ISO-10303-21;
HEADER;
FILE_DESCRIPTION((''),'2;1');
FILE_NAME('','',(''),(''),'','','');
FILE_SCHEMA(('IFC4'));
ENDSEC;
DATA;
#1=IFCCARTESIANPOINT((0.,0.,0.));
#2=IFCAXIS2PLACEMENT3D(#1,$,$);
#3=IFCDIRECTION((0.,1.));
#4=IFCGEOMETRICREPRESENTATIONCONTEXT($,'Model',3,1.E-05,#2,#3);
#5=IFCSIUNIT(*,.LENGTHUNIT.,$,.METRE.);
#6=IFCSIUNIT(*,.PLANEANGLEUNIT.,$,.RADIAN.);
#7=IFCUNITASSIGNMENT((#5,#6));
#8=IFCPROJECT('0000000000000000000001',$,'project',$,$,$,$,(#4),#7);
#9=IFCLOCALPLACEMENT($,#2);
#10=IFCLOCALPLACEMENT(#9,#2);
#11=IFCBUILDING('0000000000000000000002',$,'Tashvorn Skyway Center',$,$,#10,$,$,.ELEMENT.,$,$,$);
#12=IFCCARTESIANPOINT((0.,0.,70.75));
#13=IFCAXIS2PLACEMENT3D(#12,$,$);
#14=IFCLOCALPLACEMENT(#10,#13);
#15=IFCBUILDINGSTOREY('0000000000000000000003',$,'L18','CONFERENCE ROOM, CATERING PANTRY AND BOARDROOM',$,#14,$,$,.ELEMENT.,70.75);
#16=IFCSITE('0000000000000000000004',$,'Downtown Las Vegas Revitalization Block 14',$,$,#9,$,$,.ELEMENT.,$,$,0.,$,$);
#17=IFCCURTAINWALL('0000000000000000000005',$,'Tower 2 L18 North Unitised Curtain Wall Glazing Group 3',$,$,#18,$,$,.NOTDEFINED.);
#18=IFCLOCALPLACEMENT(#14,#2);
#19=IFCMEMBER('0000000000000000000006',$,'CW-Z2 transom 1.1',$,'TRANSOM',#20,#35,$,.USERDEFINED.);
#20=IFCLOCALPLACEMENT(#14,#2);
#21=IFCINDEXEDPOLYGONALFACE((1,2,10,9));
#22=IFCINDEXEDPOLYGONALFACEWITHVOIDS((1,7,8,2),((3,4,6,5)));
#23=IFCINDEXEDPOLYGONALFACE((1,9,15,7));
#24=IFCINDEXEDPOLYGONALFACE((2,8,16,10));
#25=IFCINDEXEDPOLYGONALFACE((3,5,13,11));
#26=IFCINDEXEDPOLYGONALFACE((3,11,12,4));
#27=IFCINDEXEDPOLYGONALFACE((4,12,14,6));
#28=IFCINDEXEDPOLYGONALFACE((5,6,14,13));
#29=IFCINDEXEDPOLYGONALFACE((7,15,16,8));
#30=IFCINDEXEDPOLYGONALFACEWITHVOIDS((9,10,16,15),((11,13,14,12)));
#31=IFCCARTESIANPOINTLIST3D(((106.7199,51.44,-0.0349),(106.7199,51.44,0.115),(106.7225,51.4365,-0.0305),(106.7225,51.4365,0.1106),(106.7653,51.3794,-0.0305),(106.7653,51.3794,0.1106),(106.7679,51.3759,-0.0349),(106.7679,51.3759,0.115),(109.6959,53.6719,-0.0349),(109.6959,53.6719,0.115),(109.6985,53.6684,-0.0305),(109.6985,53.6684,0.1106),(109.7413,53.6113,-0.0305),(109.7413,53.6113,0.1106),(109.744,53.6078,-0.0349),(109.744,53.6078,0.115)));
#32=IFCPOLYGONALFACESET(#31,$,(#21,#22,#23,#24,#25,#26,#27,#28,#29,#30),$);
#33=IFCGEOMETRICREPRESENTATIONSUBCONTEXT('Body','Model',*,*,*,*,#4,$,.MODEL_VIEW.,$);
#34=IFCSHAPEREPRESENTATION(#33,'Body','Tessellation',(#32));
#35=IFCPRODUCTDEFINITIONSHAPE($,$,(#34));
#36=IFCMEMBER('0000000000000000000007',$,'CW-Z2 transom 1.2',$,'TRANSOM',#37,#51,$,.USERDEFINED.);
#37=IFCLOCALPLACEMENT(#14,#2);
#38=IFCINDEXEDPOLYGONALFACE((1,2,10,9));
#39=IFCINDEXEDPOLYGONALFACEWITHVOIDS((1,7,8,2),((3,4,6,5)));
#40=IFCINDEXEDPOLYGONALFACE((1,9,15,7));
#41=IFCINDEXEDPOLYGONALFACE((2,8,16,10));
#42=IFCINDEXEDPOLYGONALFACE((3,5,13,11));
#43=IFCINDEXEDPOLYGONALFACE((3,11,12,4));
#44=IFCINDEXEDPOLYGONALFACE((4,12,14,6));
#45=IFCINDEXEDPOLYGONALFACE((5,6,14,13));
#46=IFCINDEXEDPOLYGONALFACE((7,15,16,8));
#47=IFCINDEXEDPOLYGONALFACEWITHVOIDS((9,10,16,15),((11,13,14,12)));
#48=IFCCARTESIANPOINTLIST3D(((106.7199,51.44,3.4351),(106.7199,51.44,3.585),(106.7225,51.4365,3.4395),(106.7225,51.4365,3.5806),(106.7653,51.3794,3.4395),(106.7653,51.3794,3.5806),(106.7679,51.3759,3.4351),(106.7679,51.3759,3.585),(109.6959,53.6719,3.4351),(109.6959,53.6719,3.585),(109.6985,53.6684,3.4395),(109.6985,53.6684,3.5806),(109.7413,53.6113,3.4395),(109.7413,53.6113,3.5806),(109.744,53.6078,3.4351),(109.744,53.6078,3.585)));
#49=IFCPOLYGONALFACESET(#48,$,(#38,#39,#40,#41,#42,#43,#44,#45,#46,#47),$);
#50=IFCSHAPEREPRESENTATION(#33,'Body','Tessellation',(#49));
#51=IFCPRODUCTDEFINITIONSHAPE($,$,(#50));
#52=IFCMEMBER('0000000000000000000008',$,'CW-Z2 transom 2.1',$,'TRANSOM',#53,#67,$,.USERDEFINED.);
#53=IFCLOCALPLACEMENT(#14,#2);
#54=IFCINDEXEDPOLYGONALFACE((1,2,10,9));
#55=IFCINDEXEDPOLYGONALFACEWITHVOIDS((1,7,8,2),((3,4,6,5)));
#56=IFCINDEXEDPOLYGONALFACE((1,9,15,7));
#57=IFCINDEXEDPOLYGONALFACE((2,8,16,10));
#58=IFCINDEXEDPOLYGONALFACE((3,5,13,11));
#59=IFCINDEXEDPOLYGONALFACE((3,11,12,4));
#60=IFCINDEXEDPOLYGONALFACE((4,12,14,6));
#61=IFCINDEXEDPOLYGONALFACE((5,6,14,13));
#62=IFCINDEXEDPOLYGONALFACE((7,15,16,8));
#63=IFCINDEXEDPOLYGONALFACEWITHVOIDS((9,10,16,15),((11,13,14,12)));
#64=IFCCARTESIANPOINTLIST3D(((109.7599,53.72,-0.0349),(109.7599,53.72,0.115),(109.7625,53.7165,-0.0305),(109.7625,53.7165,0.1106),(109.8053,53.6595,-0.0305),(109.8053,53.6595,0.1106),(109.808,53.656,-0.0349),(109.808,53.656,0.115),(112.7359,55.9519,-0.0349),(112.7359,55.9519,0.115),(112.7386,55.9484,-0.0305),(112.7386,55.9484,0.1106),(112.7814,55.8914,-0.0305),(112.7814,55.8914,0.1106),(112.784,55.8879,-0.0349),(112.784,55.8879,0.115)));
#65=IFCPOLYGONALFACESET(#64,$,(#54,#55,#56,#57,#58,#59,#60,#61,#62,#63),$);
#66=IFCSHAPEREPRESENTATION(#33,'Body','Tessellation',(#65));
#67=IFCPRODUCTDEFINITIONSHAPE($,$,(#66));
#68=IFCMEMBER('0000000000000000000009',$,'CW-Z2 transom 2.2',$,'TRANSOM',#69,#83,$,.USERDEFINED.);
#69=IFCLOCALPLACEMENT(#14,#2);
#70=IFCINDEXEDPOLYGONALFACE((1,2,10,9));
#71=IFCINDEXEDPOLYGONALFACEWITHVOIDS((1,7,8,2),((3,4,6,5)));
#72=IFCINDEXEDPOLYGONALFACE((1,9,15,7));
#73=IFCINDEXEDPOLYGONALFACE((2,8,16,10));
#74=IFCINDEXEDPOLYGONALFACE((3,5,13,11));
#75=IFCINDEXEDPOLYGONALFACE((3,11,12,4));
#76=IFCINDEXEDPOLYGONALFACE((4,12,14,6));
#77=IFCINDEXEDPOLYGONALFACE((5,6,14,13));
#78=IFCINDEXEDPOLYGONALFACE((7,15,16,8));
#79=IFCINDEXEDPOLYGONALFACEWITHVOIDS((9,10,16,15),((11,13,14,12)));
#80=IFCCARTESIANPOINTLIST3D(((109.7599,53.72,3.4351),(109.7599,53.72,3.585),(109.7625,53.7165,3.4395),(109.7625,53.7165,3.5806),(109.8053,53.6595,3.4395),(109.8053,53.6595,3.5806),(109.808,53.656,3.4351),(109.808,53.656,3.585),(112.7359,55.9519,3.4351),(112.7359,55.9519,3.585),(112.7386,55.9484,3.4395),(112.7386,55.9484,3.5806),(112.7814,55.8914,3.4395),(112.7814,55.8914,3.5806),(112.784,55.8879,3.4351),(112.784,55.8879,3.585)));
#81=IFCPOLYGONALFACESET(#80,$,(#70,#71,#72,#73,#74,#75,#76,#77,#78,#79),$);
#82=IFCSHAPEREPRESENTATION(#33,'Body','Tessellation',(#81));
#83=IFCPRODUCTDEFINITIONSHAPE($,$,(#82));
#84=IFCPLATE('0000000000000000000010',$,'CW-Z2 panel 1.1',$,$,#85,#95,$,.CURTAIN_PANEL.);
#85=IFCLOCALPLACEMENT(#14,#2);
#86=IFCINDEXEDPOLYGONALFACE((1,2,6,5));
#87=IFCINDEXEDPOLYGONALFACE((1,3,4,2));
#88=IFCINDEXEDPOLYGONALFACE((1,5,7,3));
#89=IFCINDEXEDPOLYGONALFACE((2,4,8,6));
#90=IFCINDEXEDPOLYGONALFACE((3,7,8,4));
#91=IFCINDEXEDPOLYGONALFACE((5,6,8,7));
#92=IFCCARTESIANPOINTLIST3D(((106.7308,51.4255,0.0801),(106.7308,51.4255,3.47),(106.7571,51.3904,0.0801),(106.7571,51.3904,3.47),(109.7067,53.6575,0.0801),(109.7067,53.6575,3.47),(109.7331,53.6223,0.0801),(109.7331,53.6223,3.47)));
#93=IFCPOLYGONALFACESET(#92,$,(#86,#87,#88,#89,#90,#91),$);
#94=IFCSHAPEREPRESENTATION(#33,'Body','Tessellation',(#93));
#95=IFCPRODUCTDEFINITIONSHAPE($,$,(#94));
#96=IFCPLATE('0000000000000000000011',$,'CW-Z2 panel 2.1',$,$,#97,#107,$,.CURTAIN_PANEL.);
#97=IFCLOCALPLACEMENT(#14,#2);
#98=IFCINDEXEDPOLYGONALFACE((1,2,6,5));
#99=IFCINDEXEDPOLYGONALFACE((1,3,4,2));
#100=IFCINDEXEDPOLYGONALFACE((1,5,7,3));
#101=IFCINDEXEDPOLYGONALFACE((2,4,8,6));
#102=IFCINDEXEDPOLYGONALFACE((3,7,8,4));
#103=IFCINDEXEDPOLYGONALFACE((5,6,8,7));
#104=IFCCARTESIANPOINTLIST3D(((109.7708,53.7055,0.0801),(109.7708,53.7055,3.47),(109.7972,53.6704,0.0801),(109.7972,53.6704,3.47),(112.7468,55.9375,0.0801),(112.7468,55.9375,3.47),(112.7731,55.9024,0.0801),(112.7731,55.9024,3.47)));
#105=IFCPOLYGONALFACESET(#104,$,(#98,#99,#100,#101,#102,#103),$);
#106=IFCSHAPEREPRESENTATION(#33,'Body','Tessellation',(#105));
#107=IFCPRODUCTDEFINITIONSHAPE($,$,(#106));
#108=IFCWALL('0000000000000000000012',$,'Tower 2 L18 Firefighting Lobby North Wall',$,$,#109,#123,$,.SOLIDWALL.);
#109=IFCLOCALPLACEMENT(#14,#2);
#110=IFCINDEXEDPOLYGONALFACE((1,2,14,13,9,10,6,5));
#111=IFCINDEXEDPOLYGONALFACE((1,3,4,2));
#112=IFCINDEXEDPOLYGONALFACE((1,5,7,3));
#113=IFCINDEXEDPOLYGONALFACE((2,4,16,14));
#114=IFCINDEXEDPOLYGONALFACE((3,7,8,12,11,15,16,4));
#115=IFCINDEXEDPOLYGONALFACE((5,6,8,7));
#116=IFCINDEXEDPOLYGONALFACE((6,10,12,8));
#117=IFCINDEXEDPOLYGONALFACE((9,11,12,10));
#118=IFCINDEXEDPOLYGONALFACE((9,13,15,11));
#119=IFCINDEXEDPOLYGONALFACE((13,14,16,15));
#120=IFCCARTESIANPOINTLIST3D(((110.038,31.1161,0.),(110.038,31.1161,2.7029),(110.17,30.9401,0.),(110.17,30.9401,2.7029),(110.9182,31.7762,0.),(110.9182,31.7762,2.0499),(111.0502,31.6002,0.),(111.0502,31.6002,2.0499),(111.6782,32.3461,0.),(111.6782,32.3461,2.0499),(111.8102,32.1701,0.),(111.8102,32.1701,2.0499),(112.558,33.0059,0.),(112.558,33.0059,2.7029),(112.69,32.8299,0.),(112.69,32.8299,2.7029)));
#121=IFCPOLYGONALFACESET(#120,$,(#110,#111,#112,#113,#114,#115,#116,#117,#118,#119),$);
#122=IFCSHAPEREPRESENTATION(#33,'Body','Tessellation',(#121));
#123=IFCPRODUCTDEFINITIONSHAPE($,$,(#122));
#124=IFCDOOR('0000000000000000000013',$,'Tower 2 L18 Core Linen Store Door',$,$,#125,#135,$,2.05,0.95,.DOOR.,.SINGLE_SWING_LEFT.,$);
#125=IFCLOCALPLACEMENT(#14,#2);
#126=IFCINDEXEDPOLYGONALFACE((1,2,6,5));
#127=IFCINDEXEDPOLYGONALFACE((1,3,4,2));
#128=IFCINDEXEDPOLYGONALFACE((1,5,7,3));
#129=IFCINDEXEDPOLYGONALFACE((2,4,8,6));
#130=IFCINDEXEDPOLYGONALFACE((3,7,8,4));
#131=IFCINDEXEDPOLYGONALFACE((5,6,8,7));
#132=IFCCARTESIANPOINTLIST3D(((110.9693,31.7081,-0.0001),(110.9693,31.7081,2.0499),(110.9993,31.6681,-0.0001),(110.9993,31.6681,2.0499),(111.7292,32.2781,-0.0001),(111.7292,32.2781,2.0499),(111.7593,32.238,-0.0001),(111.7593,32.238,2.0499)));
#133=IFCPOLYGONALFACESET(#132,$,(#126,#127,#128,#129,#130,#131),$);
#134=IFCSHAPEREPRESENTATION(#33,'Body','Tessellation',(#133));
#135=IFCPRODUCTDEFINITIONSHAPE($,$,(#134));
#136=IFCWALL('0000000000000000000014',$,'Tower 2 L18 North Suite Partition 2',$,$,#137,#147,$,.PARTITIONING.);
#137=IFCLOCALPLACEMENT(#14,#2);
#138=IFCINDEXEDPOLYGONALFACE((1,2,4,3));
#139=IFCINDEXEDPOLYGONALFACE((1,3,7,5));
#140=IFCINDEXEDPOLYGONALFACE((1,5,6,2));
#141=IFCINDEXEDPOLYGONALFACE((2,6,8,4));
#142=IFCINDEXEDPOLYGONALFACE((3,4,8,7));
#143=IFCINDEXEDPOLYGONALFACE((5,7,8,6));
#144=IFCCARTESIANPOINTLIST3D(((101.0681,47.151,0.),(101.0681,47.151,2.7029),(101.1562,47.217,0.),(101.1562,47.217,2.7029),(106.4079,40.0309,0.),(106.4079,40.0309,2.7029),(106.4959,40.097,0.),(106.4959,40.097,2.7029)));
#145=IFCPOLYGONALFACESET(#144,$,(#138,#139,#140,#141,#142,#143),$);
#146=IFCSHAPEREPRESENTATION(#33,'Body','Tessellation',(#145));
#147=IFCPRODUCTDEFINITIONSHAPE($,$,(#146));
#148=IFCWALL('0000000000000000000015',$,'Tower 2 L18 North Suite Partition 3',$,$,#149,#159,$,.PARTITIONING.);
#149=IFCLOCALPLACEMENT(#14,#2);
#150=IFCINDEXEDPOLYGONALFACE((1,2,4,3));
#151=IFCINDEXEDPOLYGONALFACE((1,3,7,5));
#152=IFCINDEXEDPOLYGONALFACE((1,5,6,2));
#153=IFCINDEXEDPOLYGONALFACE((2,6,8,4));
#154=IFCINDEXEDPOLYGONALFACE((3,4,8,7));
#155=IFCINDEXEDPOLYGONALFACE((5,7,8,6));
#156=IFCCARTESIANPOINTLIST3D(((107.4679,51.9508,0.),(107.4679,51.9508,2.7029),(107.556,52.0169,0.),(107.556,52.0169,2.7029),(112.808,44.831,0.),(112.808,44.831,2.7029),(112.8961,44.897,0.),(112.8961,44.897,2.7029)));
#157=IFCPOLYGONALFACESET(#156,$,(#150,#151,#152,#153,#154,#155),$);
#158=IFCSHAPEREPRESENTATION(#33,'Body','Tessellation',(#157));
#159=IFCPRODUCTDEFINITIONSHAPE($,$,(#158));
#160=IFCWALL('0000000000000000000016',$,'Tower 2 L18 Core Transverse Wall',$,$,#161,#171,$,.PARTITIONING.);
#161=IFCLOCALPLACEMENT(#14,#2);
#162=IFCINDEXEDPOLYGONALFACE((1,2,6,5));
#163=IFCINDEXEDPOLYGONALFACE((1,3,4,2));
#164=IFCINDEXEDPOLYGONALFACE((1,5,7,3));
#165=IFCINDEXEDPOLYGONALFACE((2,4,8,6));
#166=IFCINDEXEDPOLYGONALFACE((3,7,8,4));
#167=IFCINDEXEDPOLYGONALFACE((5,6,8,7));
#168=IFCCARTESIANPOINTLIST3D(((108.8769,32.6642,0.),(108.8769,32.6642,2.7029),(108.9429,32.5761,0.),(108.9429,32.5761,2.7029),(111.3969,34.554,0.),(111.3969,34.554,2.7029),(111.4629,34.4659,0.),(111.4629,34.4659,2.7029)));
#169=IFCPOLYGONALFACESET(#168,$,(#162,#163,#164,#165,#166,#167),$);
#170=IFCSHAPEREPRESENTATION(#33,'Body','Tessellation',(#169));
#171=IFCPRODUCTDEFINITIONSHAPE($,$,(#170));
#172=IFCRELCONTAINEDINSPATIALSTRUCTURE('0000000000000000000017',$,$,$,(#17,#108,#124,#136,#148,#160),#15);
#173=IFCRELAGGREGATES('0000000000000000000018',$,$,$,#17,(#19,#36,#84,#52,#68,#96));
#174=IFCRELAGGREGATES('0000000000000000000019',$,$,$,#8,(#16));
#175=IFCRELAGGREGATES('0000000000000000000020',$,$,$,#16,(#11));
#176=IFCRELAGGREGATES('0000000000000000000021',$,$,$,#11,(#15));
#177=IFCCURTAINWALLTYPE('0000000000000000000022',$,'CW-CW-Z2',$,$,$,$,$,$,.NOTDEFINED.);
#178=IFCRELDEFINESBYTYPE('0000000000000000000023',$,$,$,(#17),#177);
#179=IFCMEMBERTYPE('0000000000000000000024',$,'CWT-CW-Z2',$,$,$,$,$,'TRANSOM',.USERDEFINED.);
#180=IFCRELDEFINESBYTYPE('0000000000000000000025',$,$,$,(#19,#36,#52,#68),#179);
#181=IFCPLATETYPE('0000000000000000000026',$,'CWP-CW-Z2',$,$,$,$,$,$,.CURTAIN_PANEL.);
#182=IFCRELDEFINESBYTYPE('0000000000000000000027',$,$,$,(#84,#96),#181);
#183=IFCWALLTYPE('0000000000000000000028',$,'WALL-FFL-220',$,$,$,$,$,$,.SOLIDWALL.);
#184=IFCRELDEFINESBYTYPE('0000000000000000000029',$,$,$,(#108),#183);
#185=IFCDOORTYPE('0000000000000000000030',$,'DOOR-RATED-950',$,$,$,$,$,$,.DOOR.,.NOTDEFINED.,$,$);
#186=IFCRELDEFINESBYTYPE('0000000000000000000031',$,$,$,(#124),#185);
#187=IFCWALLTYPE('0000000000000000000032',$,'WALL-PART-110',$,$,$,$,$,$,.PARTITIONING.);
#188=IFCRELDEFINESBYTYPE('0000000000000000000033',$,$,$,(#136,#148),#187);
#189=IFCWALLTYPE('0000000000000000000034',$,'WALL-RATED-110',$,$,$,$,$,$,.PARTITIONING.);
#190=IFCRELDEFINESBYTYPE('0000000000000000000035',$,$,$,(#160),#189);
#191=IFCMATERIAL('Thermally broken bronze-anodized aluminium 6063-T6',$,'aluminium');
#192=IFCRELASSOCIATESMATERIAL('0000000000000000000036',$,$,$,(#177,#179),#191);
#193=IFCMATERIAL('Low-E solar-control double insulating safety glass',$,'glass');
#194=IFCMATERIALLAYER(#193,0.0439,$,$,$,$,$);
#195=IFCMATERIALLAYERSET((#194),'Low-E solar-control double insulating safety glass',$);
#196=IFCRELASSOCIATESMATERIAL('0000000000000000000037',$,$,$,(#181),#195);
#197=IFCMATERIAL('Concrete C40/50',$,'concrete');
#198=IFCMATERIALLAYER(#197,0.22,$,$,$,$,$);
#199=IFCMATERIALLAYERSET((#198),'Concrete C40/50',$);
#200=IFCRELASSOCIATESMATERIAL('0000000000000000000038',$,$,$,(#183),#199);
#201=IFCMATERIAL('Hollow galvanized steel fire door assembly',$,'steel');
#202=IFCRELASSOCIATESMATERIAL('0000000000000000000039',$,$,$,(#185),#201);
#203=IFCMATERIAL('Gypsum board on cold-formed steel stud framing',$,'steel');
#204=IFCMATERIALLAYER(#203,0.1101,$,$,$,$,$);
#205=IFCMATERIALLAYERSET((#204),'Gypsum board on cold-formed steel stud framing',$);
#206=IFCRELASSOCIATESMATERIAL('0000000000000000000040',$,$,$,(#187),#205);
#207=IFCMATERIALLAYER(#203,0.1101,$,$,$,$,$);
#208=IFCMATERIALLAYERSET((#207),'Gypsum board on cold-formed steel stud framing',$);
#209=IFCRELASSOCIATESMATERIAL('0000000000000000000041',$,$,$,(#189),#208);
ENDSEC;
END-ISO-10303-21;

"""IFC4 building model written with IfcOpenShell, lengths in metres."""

from ifc_helpers import new_model, si_unit, direction, frame, frame_2d, origin, origin_2d, place, context, subcontext, project, spatial, rectangle, hollow_rectangle, extrude, material, layer, layer_set, material_profile, profile_set, type_object, element, fill, aggregate, save


model = new_model("IFC4")

# Units and contexts
model_context = context("Model", 3, precision=1e-05, world=origin(), true_north=direction((0.0, 1.0)))
body_context = subcontext(model_context, "Body", "Model", "MODEL_VIEW")
ifc_project = project(units=[si_unit("LENGTHUNIT", "METRE"), si_unit("PLANEANGLEUNIT", "RADIAN")], contexts=[model_context])

# Site, building, storey
site_placement = place(None, origin())
site = spatial("IfcSite", under=ifc_project, at=site_placement, Name="Downtown Las Vegas Revitalization Block 14", CompositionType="ELEMENT", RefElevation=0.0)
building_placement = place(site_placement, origin())
building = spatial("IfcBuilding", under=site, at=building_placement, Name="Tashvorn Skyway Center", CompositionType="ELEMENT")
storey_placement = place(building_placement, frame((0.0, 0.0, 70.75)))
storey = spatial("IfcBuildingStorey", under=building, at=storey_placement, Name="L18", Description="CONFERENCE ROOM, CATERING PANTRY AND BOARDROOM", CompositionType="ELEMENT", Elevation=70.75)

# Shared definitions
ifc_material_1 = material(Name="Thermally broken bronze-anodized aluminium 6063-T6", Category="aluminium")
curtain_wall_type = type_object("IfcCurtainWallType", Name="CW-CW-Z2", PredefinedType="NOTDEFINED", material=ifc_material_1)

# Curtain wall, members, plates
curtain_wall_1_placement = place(storey_placement, origin())
curtain_wall_1 = element("IfcCurtainWall", 1, at=curtain_wall_1_placement, inside=storey, type_object=curtain_wall_type, Name="Tower 2 L18 North Unitised Curtain Wall Glazing Group 3", PredefinedType="NOTDEFINED")
ifc_material_profile_1 = material_profile(ifc_material_1, hollow_rectangle(XDim=0.0801, YDim=0.1499, WallThickness=0.0044, at=origin_2d()), Name="ALU-TRAN-80x150")
ifc_profile_set_1 = profile_set([ifc_material_profile_1], Name="Thermally broken bronze-anodized aluminium 6063-T6")
member_type_1 = type_object("IfcMemberType", Name="CWT-CW-Z2", ElementType="TRANSOM", PredefinedType="USERDEFINED", material=ifc_profile_set_1)
member_1_placement = place(storey_placement, frame((106.7439, 51.408, 0.04), z_axis=(0.800016, 0.599979, 0.0), x_axis=(-0.599979, 0.800016, 0.0)))
member_1 = element("IfcMember", 2, at=member_1_placement, type_object=member_type_1, Name="CW-Z2 transom 1.1", ObjectType="TRANSOM", PredefinedType="USERDEFINED", context=body_context, shape_type="SweptSolid", body=[
    extrude(hollow_rectangle(XDim=0.0801, YDim=0.1499, WallThickness=0.0044, at=origin_2d()), origin(), (0.0, 0.0, 1.0), 3.72),
])
member_2_placement = place(storey_placement, frame((106.7439, 51.408, 3.51), z_axis=(0.800016, 0.599979, 0.0), x_axis=(-0.599979, 0.800016, 0.0)))
member_2 = element("IfcMember", 3, at=member_2_placement, type_object=member_type_1, Name="CW-Z2 transom 1.2", ObjectType="TRANSOM", PredefinedType="USERDEFINED", context=body_context, shape_type="SweptSolid", body=[
    extrude(hollow_rectangle(XDim=0.0801, YDim=0.1499, WallThickness=0.0044, at=origin_2d()), origin(), (0.0, 0.0, 1.0), 3.72),
])
member_3_placement = place(storey_placement, frame((109.7839, 53.688, 0.04), z_axis=(0.800016, 0.599979, 0.0), x_axis=(-0.599979, 0.800016, 0.0)))
member_3 = element("IfcMember", 4, at=member_3_placement, type_object=member_type_1, Name="CW-Z2 transom 2.1", ObjectType="TRANSOM", PredefinedType="USERDEFINED", context=body_context, shape_type="SweptSolid", body=[
    extrude(hollow_rectangle(XDim=0.0801, YDim=0.1499, WallThickness=0.0044, at=origin_2d()), origin(), (0.0, 0.0, 1.0), 3.72),
])
member_4_placement = place(storey_placement, frame((109.7839, 53.688, 3.51), z_axis=(0.800016, 0.599979, 0.0), x_axis=(-0.599979, 0.800016, 0.0)))
member_4 = element("IfcMember", 5, at=member_4_placement, type_object=member_type_1, Name="CW-Z2 transom 2.2", ObjectType="TRANSOM", PredefinedType="USERDEFINED", context=body_context, shape_type="SweptSolid", body=[
    extrude(hollow_rectangle(XDim=0.0801, YDim=0.1499, WallThickness=0.0044, at=origin_2d()), origin(), (0.0, 0.0, 1.0), 3.72),
])
ifc_material_2 = material(Name="Low-E solar-control double insulating safety glass", Category="glass")
ifc_layer_1 = layer(ifc_material_2, 0.0439)
ifc_layer_set_1 = layer_set([ifc_layer_1], Name="Low-E solar-control double insulating safety glass")
plate_type = type_object("IfcPlateType", Name="CWP-CW-Z2", PredefinedType="CURTAIN_PANEL", material=ifc_layer_set_1)
plate_1_placement = place(storey_placement, frame((108.2319, 52.5239, 0.0801), z_axis=(0.0, 0.0, 1.0), x_axis=(0.8, 0.6, 0.0)))
plate_1 = element("IfcPlate", 6, at=plate_1_placement, type_object=plate_type, Name="CW-Z2 panel 1.1", PredefinedType="CURTAIN_PANEL", context=body_context, shape_type="SweptSolid", body=[
    extrude(rectangle(XDim=3.72, YDim=0.0439, at=origin_2d()), origin(), (0.0, 0.0, 1.0), 3.3899),
])
plate_2_placement = place(storey_placement, frame((111.272, 54.804, 0.0801), z_axis=(0.0, 0.0, 1.0), x_axis=(0.8, 0.6, 0.0)))
plate_2 = element("IfcPlate", 7, at=plate_2_placement, type_object=plate_type, Name="CW-Z2 panel 2.1", PredefinedType="CURTAIN_PANEL", context=body_context, shape_type="SweptSolid", body=[
    extrude(rectangle(XDim=3.72, YDim=0.0439, at=origin_2d()), origin(), (0.0, 0.0, 1.0), 3.3899),
])
aggregate(curtain_wall_1, [member_1, member_2, plate_1, member_3, member_4, plate_2])

# Wall, opening, door
ifc_material_3 = material(Name="Concrete C40/50", Category="concrete")
ifc_layer_2 = layer(ifc_material_3, 0.22)
ifc_layer_set_2 = layer_set([ifc_layer_2], Name="Concrete C40/50")
wall_type_1 = type_object("IfcWallType", Name="WALL-FFL-220", PredefinedType="SOLIDWALL", material=ifc_layer_set_2)
wall_1_placement = place(storey_placement, frame((110.104, 31.0281, 0.0), z_axis=(0.0, 0.0, 1.0), x_axis=(0.800019, 0.599975, 0.0)))
wall_1 = element("IfcWall", 8, at=wall_1_placement, inside=storey, type_object=wall_type_1, Name="Tower 2 L18 Firefighting Lobby North Wall", PredefinedType="SOLIDWALL", context=body_context, shape_type="SweptSolid", body=[
    extrude(rectangle(XDim=3.1499, YDim=0.22, at=frame_2d((1.575, 0.0))), origin(), (0.0, 0.0, 1.0), 2.7029),
])
opening_1_placement = place(wall_1_placement, frame((1.1001, 0.0, 0.0)))
opening_1 = element("IfcOpeningElement", 9, at=opening_1_placement, cuts=wall_1, PredefinedType="OPENING", context=body_context, shape_type="SweptSolid", body=[
    extrude(rectangle(XDim=0.95, YDim=2.05, at=frame_2d((0.4751, 1.0249))), frame((0.0, 0.1199, 0.0), z_axis=(0.0, -1.0, 0.0), x_axis=(1.0, 0.0, 0.0)), (0.0, 0.0, 1.0), 0.24),
])
ifc_material_4 = material(Name="Hollow galvanized steel fire door assembly", Category="steel")
door_type_1 = type_object("IfcDoorType", Name="DOOR-RATED-950", OperationType="NOTDEFINED", PredefinedType="DOOR", material=ifc_material_4)
door_1_placement = place(opening_1_placement, origin())
door_1 = element("IfcDoor", 10, at=door_1_placement, inside=storey, type_object=door_type_1, Name="Tower 2 L18 Core Linen Store Door", OperationType="SINGLE_SWING_LEFT", OverallHeight=2.05, OverallWidth=0.95, PredefinedType="DOOR", context=body_context, shape_type="SweptSolid", body=[
    extrude(rectangle(XDim=0.95, YDim=2.05, at=frame_2d((0.4751, 1.0249))), frame((0.0, 0.0249, 0.0), z_axis=(0.0, -1.0, 0.0), x_axis=(1.0, 0.0, 0.0)), (0.0, 0.0, 1.0), 0.05),
])
fill(opening_1, door_1)

# Walls
ifc_material_5 = material(Name="Gypsum board on cold-formed steel stud framing", Category="steel")
ifc_layer_3 = layer(ifc_material_5, 0.1101)
ifc_layer_set_3 = layer_set([ifc_layer_3], Name="Gypsum board on cold-formed steel stud framing")
wall_type_2 = type_object("IfcWallType", Name="WALL-PART-110", PredefinedType="PARTITIONING", material=ifc_layer_set_3)
for number, where, z_axis, x_axis, name in (
    (11, (106.4519, 40.064, 0.0), (0.0, 0.0, 1.0), (-0.599982, 0.800013, 0.0), "Tower 2 L18 North Suite Partition 2"),
    (12, (112.8521, 44.864, 0.0), (0.0, 0.0, 1.0), (-0.600013, 0.79999, 0.0), "Tower 2 L18 North Suite Partition 3"),
):
    element("IfcWall", number, at=place(storey_placement, frame(where, z_axis=z_axis, x_axis=x_axis)), inside=storey, type_object=wall_type_2, Name=name, PredefinedType="PARTITIONING", context=body_context, shape_type="SweptSolid", body=[
        extrude(rectangle(XDim=8.8999, YDim=0.1101, at=frame_2d((4.45, 0.0))), origin(), (0.0, 0.0, 1.0), 2.7029),
    ])
ifc_layer_4 = layer(ifc_material_5, 0.1101)
ifc_layer_set_4 = layer_set([ifc_layer_4], Name="Gypsum board on cold-formed steel stud framing")
wall_type_3 = type_object("IfcWallType", Name="WALL-RATED-110", PredefinedType="PARTITIONING", material=ifc_layer_set_4)
wall_2_placement = place(storey_placement, frame((108.9099, 32.6201, 0.0), z_axis=(0.0, 0.0, 1.0), x_axis=(0.800019, 0.599975, 0.0)))
element("IfcWall", 13, at=wall_2_placement, inside=storey, type_object=wall_type_3, Name="Tower 2 L18 Core Transverse Wall", PredefinedType="PARTITIONING", context=body_context, shape_type="SweptSolid", body=[
    extrude(rectangle(XDim=3.1499, YDim=0.1101, at=frame_2d((1.575, 0.0))), origin(), (0.0, 0.0, 1.0), 2.7029),
])

save(model, "model.ifc")
